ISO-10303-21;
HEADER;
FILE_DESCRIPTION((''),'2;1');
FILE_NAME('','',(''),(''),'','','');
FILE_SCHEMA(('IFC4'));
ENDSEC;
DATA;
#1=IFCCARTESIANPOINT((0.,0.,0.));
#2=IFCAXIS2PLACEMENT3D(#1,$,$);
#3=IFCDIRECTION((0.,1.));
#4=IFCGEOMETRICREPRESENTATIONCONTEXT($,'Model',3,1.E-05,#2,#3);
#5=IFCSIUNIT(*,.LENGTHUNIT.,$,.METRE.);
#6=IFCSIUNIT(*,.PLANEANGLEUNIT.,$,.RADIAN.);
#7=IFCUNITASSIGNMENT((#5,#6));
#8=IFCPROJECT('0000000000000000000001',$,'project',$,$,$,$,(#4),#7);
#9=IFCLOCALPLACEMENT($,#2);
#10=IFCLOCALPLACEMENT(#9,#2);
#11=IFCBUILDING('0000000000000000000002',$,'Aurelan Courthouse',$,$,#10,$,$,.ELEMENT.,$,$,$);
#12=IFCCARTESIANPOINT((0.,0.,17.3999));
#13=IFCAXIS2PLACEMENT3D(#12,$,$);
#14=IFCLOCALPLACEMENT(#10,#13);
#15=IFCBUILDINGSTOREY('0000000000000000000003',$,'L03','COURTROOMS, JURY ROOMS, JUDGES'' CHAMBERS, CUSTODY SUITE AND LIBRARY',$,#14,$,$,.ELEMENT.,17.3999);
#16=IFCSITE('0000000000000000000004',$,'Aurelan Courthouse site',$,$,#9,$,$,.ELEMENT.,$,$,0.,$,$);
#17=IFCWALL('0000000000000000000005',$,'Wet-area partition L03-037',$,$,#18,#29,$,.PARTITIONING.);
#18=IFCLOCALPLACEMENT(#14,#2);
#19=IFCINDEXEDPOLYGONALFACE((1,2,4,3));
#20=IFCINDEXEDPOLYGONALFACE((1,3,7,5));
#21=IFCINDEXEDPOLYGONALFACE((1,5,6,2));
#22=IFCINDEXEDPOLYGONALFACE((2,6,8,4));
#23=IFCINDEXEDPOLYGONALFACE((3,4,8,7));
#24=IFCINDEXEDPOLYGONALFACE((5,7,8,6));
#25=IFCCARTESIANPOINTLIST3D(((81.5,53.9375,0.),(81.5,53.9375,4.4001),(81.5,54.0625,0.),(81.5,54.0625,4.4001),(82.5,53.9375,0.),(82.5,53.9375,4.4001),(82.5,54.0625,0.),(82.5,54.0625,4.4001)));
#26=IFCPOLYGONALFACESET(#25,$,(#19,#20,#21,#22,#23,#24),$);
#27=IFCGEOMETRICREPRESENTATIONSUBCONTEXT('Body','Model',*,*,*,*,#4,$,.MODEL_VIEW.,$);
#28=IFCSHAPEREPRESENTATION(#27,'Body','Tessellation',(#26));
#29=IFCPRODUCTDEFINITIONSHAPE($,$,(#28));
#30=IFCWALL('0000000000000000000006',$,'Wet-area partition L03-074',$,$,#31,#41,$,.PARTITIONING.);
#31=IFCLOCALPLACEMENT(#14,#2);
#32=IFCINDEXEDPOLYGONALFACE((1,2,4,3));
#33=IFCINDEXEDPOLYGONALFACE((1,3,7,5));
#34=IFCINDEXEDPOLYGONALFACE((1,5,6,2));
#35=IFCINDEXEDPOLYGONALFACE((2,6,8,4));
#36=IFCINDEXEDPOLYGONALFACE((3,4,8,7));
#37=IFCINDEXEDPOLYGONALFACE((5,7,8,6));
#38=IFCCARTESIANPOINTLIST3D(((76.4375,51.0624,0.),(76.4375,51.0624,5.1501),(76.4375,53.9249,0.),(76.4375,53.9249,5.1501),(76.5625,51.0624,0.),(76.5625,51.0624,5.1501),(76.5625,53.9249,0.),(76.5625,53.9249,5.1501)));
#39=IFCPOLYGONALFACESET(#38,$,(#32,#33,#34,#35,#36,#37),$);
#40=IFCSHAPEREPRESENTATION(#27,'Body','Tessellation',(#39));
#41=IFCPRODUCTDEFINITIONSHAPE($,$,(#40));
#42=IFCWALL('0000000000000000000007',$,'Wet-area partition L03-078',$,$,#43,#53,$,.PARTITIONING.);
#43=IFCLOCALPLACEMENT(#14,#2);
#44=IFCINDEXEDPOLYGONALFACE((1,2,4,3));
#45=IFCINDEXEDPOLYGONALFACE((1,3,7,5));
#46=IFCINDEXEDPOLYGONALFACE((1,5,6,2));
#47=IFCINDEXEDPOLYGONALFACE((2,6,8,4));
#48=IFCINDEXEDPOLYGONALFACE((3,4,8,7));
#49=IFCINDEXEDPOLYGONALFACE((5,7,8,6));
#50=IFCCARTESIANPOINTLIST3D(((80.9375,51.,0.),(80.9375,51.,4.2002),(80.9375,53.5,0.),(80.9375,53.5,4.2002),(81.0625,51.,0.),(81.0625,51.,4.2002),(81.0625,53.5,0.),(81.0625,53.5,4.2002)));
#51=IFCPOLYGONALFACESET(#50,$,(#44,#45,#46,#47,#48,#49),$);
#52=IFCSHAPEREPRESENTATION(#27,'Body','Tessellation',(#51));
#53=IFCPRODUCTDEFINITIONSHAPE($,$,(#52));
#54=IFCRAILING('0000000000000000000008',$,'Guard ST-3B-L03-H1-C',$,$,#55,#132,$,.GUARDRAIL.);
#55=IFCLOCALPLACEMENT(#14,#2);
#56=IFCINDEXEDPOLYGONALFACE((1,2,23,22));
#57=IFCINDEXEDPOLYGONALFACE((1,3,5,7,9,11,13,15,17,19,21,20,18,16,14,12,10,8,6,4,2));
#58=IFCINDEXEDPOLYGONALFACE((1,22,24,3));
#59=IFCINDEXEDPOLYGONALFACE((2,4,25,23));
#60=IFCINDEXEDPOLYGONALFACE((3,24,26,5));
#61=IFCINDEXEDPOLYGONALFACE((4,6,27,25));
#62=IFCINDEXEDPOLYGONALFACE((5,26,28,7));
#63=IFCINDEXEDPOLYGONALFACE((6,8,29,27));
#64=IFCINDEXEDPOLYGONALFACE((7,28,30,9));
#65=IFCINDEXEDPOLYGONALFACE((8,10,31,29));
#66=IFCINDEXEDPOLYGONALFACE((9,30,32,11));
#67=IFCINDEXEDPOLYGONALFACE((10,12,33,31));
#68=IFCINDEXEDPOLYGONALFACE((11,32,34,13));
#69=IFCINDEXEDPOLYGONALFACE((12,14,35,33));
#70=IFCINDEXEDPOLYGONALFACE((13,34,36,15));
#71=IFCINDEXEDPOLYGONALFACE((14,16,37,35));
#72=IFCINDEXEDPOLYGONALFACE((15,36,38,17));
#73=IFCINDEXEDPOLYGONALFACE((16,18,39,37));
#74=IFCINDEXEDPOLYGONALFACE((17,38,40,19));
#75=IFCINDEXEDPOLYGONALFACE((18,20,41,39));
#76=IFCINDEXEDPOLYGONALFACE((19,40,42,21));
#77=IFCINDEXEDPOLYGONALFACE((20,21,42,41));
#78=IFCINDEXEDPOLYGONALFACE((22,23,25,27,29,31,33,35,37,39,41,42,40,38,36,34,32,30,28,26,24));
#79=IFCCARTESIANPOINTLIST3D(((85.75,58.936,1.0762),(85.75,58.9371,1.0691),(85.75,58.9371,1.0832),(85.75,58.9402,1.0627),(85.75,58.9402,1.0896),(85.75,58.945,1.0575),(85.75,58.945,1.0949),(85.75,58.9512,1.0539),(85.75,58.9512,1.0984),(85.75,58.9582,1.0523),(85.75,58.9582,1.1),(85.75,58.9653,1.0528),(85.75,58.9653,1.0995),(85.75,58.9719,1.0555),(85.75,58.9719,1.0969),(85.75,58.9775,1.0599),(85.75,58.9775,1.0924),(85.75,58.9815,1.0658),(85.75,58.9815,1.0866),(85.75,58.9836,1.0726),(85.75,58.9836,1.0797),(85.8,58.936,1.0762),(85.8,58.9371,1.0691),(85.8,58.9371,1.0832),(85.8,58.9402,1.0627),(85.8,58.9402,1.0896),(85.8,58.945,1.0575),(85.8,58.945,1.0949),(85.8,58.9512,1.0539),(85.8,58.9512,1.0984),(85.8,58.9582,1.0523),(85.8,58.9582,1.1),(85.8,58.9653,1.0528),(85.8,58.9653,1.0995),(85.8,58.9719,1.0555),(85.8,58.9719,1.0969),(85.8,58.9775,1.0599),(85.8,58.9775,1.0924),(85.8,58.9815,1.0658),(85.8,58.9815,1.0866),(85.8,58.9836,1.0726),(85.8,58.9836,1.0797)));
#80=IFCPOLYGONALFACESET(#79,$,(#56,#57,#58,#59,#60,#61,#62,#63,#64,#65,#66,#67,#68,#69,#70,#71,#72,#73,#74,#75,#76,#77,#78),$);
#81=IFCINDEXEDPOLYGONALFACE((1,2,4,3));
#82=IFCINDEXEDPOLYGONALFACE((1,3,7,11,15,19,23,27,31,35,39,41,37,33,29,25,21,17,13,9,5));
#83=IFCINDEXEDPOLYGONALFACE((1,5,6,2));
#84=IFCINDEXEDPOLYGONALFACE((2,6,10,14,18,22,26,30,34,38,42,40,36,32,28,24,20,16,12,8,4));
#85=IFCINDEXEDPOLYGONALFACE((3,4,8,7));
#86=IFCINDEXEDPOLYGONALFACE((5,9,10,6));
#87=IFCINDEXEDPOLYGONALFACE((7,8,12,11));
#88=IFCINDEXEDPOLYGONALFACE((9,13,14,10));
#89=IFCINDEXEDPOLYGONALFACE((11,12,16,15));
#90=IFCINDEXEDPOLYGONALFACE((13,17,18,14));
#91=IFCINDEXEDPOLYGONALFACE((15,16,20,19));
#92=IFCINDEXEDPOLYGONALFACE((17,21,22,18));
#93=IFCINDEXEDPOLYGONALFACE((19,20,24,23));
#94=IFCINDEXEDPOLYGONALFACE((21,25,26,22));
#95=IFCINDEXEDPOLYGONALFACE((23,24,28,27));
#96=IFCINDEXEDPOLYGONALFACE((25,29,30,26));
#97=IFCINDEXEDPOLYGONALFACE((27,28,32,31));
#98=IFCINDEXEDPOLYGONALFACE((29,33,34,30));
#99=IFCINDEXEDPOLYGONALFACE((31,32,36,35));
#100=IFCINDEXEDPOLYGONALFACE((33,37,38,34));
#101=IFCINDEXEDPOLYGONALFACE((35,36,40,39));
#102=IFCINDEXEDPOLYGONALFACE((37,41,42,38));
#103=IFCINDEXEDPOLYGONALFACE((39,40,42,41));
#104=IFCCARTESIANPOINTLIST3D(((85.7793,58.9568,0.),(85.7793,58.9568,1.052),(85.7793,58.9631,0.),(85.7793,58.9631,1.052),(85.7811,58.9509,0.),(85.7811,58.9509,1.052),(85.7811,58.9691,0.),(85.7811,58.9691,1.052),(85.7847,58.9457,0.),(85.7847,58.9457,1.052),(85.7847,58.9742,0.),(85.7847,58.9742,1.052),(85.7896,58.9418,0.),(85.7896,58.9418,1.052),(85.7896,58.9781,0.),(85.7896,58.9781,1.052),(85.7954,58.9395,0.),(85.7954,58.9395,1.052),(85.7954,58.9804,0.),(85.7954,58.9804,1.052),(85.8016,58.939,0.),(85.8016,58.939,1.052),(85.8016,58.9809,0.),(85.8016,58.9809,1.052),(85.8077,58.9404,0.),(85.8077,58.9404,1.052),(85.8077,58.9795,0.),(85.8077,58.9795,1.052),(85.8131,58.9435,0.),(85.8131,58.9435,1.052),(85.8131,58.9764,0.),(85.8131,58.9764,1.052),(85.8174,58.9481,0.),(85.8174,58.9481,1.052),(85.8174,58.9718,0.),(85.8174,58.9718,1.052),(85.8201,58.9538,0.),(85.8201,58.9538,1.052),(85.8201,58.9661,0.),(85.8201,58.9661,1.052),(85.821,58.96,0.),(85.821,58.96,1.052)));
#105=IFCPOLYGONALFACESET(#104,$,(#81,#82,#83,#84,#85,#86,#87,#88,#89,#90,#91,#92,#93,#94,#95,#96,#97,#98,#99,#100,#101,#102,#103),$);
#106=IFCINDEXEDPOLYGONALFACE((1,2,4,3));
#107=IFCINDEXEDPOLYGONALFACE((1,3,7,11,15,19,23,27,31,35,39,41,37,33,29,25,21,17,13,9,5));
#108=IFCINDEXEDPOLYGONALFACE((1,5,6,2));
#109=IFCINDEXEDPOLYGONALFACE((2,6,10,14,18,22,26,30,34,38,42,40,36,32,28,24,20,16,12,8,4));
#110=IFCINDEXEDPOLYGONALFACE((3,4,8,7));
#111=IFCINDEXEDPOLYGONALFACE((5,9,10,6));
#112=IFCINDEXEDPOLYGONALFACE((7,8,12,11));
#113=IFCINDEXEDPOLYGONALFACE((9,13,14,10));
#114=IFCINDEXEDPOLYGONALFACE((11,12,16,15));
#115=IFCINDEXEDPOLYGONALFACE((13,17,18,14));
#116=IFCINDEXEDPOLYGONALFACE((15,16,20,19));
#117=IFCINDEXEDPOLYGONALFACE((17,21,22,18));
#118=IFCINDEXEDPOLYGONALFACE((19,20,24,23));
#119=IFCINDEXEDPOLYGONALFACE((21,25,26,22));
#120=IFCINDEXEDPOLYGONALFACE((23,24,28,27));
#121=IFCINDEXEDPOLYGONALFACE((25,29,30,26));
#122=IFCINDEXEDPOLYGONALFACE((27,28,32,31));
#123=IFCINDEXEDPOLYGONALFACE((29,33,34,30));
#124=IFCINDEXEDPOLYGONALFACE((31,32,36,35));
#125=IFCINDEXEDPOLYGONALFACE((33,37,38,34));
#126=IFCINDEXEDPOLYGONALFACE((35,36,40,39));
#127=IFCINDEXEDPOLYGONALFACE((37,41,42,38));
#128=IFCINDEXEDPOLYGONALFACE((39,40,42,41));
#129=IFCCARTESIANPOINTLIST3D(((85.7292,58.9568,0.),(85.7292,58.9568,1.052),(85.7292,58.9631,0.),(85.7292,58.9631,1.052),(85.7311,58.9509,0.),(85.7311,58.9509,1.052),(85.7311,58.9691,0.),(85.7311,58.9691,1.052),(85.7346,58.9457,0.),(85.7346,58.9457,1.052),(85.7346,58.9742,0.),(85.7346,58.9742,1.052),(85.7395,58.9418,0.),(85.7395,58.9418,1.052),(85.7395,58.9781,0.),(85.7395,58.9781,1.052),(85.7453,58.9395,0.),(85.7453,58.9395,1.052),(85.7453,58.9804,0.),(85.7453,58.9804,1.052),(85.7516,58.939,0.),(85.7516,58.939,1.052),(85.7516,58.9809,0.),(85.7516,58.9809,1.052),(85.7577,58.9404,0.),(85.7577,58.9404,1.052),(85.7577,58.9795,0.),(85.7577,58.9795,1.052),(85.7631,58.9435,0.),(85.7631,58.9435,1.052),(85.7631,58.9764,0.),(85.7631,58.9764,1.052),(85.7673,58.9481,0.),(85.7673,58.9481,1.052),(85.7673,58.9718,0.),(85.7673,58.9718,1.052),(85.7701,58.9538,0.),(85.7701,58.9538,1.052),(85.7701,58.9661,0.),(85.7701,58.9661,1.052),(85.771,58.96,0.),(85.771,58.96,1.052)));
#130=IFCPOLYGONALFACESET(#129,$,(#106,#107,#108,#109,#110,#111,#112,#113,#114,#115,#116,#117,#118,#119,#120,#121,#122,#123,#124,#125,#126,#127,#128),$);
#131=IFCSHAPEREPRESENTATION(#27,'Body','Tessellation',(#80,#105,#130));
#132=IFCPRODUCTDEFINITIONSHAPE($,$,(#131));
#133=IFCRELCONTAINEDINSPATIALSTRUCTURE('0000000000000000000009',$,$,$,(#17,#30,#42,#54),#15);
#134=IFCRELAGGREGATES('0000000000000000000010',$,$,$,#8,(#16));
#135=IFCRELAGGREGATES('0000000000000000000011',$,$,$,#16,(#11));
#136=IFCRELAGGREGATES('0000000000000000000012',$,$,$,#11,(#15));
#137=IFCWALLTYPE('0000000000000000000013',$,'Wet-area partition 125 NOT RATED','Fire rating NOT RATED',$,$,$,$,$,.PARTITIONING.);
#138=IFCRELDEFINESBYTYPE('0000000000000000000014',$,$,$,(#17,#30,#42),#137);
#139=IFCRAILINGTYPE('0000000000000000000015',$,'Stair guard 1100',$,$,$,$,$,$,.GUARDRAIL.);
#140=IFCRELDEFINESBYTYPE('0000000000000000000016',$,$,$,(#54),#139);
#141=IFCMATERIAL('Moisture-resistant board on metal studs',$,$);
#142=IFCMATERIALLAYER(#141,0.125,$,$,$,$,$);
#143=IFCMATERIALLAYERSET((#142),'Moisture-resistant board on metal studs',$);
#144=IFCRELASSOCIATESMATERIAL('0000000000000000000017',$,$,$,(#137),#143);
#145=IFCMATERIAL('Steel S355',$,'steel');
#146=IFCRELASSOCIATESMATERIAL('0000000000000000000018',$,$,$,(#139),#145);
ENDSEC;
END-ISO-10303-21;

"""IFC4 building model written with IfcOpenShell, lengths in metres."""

from ifc_helpers import new_model, si_unit, direction, frame, frame_2d, origin, origin_2d, place, context, subcontext, project, spatial, rectangle, circle, extrude, material, layer, layer_set, type_object, element, save


model = new_model("IFC4")

# Units and contexts
model_context = context("Model", 3, precision=1e-05, world=origin(), true_north=direction((0.0, 1.0)))
body_context = subcontext(model_context, "Body", "Model", "MODEL_VIEW")
ifc_project = project(units=[si_unit("LENGTHUNIT", "METRE"), si_unit("PLANEANGLEUNIT", "RADIAN")], contexts=[model_context])

# Site, building, storey
site_placement = place(None, origin())
site = spatial("IfcSite", under=ifc_project, at=site_placement, Name="Aurelan Courthouse site", CompositionType="ELEMENT", RefElevation=0.0)
building_placement = place(site_placement, origin())
building = spatial("IfcBuilding", under=site, at=building_placement, Name="Aurelan Courthouse", CompositionType="ELEMENT")
storey_placement = place(building_placement, frame((0.0, 0.0, 17.3999)))
storey = spatial("IfcBuildingStorey", under=building, at=storey_placement, Name="L03", Description="COURTROOMS, JURY ROOMS, JUDGES' CHAMBERS, CUSTODY SUITE AND LIBRARY", CompositionType="ELEMENT", Elevation=17.3999)

# Walls
ifc_material_1 = material(Name="Moisture-resistant board on metal studs")
ifc_layer_1 = layer(ifc_material_1, 0.125)
ifc_layer_set_1 = layer_set([ifc_layer_1], Name="Moisture-resistant board on metal studs")
wall_type_1 = type_object("IfcWallType", Name="Wet-area partition 125 NOT RATED", Description="Fire rating NOT RATED", PredefinedType="PARTITIONING", material=ifc_layer_set_1)
for number, where, z_axis, x_axis, name in (
    (1, (81.5, 54.0, 0.0), (0.0, 0.0, 1.0), (1.0, 0.0, 0.0), "Wet-area partition L03-037"),
):
    element("IfcWall", number, at=place(storey_placement, frame(where, z_axis=z_axis, x_axis=x_axis)), inside=storey, type_object=wall_type_1, Name=name, PredefinedType="PARTITIONING", context=body_context, shape_type="SweptSolid", body=[
        extrude(rectangle(XDim=1.0, YDim=0.125, at=frame_2d((0.5, 0.0))), origin(), (0.0, 0.0, 1.0), 4.4001),
    ])
wall_1_placement = place(storey_placement, frame((76.5, 51.0625, 0.0), z_axis=(0.0, 0.0, 1.0), x_axis=(0.0, 1.0, 0.0)))
element("IfcWall", 2, at=wall_1_placement, inside=storey, type_object=wall_type_1, Name="Wet-area partition L03-074", PredefinedType="PARTITIONING", context=body_context, shape_type="SweptSolid", body=[
    extrude(rectangle(XDim=2.8625, YDim=0.125, at=frame_2d((1.4312, 0.0))), origin(), (0.0, 0.0, 1.0), 5.1501),
])
wall_2_placement = place(storey_placement, frame((81.0, 51.0, 0.0), z_axis=(0.0, 0.0, 1.0), x_axis=(0.0, 1.0, 0.0)))
element("IfcWall", 3, at=wall_2_placement, inside=storey, type_object=wall_type_1, Name="Wet-area partition L03-078", PredefinedType="PARTITIONING", context=body_context, shape_type="SweptSolid", body=[
    extrude(rectangle(XDim=2.5, YDim=0.125, at=frame_2d((1.25, 0.0))), origin(), (0.0, 0.0, 1.0), 4.2002),
])

# Railing
ifc_material_2 = material(Name="Steel S355", Category="steel")
railing_type = type_object("IfcRailingType", Name="Stair guard 1100", PredefinedType="GUARDRAIL", material=ifc_material_2)
railing_placement = place(storey_placement, frame((85.8, 58.96, 0.0)))
element("IfcRailing", 4, at=railing_placement, inside=storey, type_object=railing_type, Name="Guard ST-3B-L03-H1-C", PredefinedType="GUARDRAIL", context=body_context, shape_type="SweptSolid", body=[
    extrude(circle(Radius=0.0239, at=origin_2d()), frame((0.0, 0.0, 1.0762), z_axis=(-1.0, 0.0, 0.0), x_axis=(0.0, -1.0, 0.0)), (0.0, 0.0, 1.0), 0.05),
    extrude(circle(Radius=0.021, at=origin_2d()), origin(), (0.0, 0.0, 1.0), 1.052),
    extrude(circle(Radius=0.021, at=origin_2d()), frame((-0.05, 0.0, 0.0)), (0.0, 0.0, 1.0), 1.052),
])

save(model, "model.ifc")
